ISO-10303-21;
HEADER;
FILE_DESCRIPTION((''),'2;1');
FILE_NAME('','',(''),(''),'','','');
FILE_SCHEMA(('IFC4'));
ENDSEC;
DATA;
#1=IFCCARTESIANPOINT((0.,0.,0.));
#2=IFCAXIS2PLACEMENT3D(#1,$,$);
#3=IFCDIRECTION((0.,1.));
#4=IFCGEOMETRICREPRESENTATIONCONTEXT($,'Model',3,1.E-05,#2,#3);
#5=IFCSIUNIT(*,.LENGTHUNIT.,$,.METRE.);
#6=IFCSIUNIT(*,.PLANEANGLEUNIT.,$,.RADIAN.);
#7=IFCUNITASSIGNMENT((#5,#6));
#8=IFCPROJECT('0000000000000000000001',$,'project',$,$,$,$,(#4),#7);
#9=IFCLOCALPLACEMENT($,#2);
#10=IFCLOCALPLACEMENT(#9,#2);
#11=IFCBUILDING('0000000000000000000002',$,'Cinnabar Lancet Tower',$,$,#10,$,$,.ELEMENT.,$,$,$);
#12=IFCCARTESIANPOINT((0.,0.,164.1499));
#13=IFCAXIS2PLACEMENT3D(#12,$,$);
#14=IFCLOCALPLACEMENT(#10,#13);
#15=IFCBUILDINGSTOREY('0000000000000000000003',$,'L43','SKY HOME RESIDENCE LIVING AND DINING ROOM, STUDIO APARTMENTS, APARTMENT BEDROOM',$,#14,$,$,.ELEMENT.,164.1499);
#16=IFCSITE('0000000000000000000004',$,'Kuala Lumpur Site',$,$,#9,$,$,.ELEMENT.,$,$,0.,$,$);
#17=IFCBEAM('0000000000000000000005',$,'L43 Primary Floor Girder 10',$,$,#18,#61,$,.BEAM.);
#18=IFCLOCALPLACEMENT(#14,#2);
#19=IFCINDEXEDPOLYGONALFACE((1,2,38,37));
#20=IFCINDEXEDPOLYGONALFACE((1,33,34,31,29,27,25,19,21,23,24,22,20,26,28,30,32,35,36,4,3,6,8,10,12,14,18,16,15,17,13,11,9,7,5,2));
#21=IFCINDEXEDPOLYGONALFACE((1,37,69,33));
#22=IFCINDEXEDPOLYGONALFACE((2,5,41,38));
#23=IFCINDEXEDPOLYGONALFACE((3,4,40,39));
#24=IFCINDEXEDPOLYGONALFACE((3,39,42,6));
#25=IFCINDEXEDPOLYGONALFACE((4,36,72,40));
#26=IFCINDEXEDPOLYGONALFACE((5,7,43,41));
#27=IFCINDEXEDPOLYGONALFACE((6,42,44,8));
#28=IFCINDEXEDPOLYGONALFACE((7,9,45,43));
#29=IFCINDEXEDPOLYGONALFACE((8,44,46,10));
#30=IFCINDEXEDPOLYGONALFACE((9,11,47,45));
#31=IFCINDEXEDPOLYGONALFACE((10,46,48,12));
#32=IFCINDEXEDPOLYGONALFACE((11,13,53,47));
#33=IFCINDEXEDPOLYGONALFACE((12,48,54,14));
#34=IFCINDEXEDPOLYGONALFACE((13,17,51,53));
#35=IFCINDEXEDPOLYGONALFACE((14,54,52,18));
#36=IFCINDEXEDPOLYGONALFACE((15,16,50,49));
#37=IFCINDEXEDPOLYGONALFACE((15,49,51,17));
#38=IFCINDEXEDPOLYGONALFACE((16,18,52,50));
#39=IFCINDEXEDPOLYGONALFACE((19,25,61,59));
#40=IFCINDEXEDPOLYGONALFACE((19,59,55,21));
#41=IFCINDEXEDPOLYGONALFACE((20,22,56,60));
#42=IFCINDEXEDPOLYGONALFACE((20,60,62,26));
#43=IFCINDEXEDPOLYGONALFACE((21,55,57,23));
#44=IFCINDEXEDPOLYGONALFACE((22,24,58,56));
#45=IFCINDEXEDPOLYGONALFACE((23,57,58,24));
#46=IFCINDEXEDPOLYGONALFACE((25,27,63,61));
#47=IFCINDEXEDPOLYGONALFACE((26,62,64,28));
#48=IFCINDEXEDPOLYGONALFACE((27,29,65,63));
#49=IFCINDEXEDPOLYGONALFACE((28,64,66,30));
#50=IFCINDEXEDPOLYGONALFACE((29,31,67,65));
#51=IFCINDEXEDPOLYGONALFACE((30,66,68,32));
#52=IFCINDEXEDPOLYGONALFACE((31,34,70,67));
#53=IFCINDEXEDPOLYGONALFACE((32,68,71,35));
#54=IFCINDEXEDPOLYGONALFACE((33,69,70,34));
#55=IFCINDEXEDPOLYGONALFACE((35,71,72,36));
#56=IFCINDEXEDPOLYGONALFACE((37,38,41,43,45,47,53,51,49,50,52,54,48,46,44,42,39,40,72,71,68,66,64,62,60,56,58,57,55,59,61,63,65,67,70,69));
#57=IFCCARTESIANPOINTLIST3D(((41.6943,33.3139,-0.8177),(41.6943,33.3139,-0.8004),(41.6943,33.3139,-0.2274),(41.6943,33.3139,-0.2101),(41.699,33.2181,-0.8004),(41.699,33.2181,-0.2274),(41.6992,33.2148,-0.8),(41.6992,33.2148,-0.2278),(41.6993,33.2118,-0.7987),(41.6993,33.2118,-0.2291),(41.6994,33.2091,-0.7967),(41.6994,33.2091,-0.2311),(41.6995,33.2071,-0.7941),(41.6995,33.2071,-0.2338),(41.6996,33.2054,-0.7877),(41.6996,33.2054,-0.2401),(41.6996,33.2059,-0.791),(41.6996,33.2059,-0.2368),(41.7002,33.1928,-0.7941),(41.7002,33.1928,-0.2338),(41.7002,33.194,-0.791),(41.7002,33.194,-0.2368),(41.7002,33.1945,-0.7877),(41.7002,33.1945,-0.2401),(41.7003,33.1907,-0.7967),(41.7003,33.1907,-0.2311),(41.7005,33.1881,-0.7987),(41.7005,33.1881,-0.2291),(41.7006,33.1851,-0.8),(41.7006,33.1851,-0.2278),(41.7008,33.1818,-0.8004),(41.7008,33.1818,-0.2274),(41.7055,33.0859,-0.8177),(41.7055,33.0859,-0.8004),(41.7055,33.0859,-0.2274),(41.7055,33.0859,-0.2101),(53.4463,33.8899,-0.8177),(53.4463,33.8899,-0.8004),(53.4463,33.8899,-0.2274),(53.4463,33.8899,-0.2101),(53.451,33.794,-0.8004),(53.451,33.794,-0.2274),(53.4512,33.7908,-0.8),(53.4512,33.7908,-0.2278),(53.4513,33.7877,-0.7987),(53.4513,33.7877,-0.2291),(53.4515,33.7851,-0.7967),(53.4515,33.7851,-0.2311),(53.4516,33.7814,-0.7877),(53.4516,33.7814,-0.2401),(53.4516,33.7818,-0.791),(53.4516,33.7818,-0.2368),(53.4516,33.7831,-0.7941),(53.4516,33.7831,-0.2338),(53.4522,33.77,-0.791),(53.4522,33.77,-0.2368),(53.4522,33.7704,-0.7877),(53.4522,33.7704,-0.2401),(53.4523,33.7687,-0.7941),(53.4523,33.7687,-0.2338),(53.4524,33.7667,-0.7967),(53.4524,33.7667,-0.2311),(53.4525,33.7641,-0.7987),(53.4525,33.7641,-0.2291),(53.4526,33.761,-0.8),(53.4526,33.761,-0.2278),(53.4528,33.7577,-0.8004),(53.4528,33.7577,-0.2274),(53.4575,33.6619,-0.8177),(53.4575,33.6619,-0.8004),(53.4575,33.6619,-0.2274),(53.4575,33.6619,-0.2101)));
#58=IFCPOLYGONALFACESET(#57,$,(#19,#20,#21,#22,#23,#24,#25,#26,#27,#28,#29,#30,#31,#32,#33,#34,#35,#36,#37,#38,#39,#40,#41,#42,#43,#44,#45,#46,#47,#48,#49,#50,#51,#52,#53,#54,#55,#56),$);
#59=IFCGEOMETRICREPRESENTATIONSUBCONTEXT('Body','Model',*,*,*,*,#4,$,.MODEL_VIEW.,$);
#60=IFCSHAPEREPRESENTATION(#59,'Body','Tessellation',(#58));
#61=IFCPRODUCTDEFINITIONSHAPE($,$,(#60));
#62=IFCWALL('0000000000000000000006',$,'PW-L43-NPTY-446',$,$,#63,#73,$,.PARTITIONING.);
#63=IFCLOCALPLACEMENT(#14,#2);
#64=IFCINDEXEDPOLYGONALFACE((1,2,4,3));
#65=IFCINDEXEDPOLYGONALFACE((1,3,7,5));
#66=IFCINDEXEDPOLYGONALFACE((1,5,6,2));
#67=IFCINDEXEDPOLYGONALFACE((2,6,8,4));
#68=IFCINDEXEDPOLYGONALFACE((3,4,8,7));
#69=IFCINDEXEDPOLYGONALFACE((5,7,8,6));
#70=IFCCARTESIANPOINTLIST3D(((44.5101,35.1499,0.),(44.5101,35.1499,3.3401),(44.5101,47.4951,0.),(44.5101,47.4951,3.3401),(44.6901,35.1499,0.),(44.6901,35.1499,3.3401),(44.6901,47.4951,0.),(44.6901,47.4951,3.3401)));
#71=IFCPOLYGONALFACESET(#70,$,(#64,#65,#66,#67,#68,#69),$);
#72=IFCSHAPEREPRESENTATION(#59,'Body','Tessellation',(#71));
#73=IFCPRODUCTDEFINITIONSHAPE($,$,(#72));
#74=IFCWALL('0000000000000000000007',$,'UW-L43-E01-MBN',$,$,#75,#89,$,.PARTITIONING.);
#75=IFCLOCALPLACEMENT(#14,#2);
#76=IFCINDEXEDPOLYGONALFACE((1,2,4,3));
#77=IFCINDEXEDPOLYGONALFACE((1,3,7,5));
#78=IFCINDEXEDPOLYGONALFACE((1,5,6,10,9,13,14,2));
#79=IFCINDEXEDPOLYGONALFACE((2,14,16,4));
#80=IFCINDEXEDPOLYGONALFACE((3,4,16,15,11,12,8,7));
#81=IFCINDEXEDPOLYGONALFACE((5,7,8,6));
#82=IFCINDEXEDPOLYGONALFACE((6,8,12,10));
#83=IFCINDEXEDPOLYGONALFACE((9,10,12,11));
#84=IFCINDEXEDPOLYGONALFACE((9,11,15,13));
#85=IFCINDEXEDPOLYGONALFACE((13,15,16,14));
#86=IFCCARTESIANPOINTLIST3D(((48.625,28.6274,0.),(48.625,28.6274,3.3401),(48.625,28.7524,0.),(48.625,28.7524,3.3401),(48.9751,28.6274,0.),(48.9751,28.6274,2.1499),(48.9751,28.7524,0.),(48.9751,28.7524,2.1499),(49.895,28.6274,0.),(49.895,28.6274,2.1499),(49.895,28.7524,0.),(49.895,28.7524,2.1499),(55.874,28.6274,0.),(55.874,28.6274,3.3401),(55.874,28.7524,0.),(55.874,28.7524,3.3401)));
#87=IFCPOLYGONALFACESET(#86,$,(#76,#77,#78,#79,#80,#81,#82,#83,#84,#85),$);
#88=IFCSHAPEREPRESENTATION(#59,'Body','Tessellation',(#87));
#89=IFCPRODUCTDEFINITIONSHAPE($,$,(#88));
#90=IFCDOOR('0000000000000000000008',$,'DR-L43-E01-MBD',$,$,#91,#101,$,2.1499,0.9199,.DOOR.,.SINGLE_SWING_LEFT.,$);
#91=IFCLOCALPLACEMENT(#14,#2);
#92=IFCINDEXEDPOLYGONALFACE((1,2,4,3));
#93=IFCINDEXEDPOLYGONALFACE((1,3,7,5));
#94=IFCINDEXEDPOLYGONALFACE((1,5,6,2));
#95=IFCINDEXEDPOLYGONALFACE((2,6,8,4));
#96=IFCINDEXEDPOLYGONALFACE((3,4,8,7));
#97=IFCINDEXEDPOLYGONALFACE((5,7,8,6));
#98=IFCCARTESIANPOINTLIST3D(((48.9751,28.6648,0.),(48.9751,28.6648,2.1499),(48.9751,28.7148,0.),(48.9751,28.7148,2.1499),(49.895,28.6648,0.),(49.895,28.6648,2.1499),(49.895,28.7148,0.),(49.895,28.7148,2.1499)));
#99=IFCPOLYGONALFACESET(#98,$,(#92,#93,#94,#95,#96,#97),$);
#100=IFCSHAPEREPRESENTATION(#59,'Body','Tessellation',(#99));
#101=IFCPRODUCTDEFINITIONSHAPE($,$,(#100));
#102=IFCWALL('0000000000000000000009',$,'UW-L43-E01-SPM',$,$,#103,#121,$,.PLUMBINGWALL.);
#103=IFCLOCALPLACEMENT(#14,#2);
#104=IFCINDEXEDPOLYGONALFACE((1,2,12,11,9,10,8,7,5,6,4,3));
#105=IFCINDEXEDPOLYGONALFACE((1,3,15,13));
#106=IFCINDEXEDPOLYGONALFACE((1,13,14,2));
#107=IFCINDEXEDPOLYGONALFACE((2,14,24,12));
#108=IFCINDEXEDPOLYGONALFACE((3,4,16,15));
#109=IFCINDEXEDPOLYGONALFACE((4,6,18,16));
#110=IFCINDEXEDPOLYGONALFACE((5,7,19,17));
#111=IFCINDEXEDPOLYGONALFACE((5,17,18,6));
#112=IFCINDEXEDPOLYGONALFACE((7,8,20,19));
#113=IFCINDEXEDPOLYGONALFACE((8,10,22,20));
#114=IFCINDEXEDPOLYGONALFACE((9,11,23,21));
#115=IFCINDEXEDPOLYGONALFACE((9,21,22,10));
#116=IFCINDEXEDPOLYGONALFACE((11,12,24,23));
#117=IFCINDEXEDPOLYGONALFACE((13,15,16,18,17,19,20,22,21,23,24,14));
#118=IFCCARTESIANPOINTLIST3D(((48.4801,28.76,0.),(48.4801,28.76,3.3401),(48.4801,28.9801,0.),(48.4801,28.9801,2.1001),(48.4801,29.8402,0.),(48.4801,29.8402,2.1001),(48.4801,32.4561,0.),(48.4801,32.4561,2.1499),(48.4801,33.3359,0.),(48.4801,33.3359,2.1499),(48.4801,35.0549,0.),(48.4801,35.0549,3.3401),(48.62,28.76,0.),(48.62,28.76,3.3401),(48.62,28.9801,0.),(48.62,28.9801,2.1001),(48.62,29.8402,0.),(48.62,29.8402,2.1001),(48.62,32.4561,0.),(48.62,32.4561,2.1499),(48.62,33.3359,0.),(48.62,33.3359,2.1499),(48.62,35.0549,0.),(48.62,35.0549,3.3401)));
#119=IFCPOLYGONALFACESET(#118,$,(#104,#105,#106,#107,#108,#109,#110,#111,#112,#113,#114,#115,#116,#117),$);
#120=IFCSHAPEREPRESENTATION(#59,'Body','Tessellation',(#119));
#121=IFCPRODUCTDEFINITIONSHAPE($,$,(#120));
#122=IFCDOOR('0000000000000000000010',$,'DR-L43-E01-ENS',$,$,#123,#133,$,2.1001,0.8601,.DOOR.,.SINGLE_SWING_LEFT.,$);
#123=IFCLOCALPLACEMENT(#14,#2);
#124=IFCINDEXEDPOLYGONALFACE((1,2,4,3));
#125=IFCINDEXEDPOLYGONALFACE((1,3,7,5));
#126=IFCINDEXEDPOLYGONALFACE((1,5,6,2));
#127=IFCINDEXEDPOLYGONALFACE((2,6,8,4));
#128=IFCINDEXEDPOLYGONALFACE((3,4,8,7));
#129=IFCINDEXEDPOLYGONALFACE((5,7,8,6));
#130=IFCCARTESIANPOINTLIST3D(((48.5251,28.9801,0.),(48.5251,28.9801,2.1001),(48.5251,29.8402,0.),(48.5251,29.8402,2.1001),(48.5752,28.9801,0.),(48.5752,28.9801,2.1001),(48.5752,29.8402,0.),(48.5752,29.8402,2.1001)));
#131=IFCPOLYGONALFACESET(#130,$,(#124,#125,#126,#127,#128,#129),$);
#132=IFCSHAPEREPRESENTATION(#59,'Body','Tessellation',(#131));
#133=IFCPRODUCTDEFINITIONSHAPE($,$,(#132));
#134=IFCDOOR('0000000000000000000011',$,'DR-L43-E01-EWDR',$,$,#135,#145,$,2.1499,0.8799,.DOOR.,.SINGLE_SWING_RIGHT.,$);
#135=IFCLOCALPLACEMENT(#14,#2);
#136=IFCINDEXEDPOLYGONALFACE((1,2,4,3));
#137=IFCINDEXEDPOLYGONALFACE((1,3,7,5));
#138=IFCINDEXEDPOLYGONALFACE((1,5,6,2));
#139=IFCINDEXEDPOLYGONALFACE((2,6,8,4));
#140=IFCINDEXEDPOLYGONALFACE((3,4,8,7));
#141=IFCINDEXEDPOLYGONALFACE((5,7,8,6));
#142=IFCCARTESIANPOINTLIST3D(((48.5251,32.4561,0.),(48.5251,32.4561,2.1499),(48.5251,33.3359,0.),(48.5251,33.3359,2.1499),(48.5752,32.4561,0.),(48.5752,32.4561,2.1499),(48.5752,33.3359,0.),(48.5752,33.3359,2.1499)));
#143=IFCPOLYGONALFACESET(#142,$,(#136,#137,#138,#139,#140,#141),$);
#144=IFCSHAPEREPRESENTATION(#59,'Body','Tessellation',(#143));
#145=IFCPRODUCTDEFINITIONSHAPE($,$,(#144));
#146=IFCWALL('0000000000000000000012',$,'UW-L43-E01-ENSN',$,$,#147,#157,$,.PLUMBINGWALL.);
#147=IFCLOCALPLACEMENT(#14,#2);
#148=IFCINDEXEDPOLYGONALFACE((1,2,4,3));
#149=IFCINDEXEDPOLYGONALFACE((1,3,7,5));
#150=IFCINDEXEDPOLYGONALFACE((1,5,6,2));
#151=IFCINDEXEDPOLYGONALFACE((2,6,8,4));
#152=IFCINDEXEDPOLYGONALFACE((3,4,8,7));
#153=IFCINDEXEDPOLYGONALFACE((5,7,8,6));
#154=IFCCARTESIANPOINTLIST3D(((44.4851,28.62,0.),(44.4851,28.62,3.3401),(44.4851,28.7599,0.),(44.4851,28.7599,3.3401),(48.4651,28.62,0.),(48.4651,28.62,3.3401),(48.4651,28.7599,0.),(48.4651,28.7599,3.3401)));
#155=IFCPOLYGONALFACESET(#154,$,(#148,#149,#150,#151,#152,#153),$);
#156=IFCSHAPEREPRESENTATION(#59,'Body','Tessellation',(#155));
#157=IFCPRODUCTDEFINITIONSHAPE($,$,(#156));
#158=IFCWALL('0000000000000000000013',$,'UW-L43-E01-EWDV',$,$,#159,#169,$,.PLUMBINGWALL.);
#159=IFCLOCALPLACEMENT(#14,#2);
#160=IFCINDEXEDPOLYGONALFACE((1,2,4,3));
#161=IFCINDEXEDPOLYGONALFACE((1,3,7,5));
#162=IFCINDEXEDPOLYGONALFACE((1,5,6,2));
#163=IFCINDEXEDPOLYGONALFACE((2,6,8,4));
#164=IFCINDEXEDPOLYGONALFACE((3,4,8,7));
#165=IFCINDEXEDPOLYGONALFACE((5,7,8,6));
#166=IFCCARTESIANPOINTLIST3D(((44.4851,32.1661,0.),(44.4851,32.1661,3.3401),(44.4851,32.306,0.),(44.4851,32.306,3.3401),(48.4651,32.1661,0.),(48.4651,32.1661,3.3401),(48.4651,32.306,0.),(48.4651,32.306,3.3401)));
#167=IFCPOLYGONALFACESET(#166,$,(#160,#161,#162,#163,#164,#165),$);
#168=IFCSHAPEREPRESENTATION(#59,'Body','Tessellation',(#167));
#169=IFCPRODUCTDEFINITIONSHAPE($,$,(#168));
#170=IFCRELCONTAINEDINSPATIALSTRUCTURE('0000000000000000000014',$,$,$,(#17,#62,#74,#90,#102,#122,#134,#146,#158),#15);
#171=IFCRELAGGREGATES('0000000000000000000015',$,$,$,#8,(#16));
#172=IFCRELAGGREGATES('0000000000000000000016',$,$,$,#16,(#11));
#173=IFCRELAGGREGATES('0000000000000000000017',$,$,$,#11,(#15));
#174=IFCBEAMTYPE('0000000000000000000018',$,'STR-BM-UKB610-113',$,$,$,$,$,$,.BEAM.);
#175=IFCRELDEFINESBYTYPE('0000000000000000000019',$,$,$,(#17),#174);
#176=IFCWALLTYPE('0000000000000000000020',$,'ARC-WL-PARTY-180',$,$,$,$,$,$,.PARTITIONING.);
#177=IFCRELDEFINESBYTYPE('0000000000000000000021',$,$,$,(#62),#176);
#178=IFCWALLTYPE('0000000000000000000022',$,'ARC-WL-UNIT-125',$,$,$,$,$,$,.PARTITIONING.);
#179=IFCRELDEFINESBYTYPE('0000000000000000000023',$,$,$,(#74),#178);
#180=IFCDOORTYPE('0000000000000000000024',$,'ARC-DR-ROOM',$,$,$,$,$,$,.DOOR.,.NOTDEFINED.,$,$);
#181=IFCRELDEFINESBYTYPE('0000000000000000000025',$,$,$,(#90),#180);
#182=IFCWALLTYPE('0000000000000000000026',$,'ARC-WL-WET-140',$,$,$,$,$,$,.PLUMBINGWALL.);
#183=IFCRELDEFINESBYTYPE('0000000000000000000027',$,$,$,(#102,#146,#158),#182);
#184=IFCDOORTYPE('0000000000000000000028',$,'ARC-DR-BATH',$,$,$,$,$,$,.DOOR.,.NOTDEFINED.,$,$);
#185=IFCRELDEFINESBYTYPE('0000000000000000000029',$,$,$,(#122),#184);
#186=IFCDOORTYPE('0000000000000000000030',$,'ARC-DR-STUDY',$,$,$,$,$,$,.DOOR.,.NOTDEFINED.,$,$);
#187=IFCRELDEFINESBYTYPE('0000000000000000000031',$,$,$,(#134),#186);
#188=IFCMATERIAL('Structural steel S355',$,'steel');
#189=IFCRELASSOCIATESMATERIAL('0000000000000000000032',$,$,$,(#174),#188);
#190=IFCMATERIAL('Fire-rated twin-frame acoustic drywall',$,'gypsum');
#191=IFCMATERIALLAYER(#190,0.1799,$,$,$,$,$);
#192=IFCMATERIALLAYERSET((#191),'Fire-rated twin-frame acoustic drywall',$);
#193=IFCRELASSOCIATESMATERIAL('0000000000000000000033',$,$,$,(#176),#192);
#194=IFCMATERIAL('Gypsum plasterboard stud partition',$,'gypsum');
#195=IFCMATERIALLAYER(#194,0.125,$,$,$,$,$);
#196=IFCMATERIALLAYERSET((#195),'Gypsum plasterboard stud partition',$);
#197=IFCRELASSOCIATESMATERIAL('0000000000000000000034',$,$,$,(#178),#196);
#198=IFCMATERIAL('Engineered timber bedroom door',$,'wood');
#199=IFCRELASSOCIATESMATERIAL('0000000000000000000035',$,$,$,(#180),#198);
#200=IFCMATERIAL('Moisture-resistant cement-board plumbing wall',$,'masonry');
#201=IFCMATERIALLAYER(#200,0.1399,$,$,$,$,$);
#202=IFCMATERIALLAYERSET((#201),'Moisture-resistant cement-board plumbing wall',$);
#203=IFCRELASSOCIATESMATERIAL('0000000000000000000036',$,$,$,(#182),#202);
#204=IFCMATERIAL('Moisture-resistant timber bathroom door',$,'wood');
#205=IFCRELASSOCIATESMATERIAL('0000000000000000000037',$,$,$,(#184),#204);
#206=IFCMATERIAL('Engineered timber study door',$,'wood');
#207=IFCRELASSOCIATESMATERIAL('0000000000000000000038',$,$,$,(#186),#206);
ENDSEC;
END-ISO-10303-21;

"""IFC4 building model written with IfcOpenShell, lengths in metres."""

from ifc_helpers import new_model, si_unit, direction, frame, frame_2d, origin, origin_2d, place, context, subcontext, project, spatial, rectangle, i_section, extrude, material, layer, layer_set, material_profile, profile_set, type_object, element, fill, save


model = new_model("IFC4")

# Units and contexts
model_context = context("Model", 3, precision=1e-05, world=origin(), true_north=direction((0.0, 1.0)))
body_context = subcontext(model_context, "Body", "Model", "MODEL_VIEW")
ifc_project = project(units=[si_unit("LENGTHUNIT", "METRE"), si_unit("PLANEANGLEUNIT", "RADIAN")], contexts=[model_context])

# Site, building, storey
site_placement = place(None, origin())
site = spatial("IfcSite", under=ifc_project, at=site_placement, Name="Kuala Lumpur Site", CompositionType="ELEMENT", RefElevation=0.0)
building_placement = place(site_placement, origin())
building = spatial("IfcBuilding", under=site, at=building_placement, Name="Cinnabar Lancet Tower", CompositionType="ELEMENT")
storey_placement = place(building_placement, frame((0.0, 0.0, 164.1499)))
storey = spatial("IfcBuildingStorey", under=building, at=storey_placement, Name="L43", Description="SKY HOME RESIDENCE LIVING AND DINING ROOM, STUDIO APARTMENTS, APARTMENT BEDROOM", CompositionType="ELEMENT", Elevation=164.1499)

# Beam
ifc_material_1 = material(Name="Structural steel S355", Category="steel")
ifc_material_profile_1 = material_profile(ifc_material_1, i_section(OverallWidth=0.2283, OverallDepth=0.6077, WebThickness=0.011, FlangeThickness=0.0173, FilletRadius=0.0127, at=origin_2d()), Name="UKB 610x229x113")
ifc_profile_set_1 = profile_set([ifc_material_profile_1], Name="Structural steel S355")
beam_type_1 = type_object("IfcBeamType", Name="STR-BM-UKB610-113", PredefinedType="BEAM", material=ifc_profile_set_1)
beam_1_placement = place(storey_placement, frame((53.4519, 33.7759, -0.5139), z_axis=(-0.998801, -0.048948, 0.0), x_axis=(0.048948, -0.998801, 0.0)))
element("IfcBeam", 1, at=beam_1_placement, inside=storey, type_object=beam_type_1, Name="L43 Primary Floor Girder 10", PredefinedType="BEAM", context=body_context, shape_type="SweptSolid", body=[
    extrude(i_section(OverallWidth=0.2283, OverallDepth=0.6077, WebThickness=0.011, FlangeThickness=0.0173, FilletRadius=0.0127, at=origin_2d()), origin(), (0.0, 0.0, 1.0), 11.7661),
])

# Wall
ifc_material_2 = material(Name="Fire-rated twin-frame acoustic drywall", Category="gypsum")
ifc_layer_1 = layer(ifc_material_2, 0.1799)
ifc_layer_set_1 = layer_set([ifc_layer_1], Name="Fire-rated twin-frame acoustic drywall")
wall_type_1 = type_object("IfcWallType", Name="ARC-WL-PARTY-180", PredefinedType="PARTITIONING", material=ifc_layer_set_1)
wall_1_placement = place(storey_placement, frame((44.6001, 35.1499, 0.0), z_axis=(0.0, 0.0, 1.0), x_axis=(0.0, 1.0, 0.0)))
element("IfcWall", 2, at=wall_1_placement, inside=storey, type_object=wall_type_1, Name="PW-L43-NPTY-446", PredefinedType="PARTITIONING", context=body_context, shape_type="SweptSolid", body=[
    extrude(rectangle(XDim=12.3452, YDim=0.1799, at=frame_2d((6.1726, 0.0))), origin(), (0.0, 0.0, 1.0), 3.3401),
])

# Wall, opening, door
ifc_material_3 = material(Name="Gypsum plasterboard stud partition", Category="gypsum")
ifc_layer_2 = layer(ifc_material_3, 0.125)
ifc_layer_set_2 = layer_set([ifc_layer_2], Name="Gypsum plasterboard stud partition")
wall_type_2 = type_object("IfcWallType", Name="ARC-WL-UNIT-125", PredefinedType="PARTITIONING", material=ifc_layer_set_2)
wall_2_placement = place(storey_placement, frame((48.625, 28.6899, 0.0), z_axis=(0.0, 0.0, 1.0), x_axis=(1.0, 0.0, 0.0)))
wall_2 = element("IfcWall", 3, at=wall_2_placement, inside=storey, type_object=wall_type_2, Name="UW-L43-E01-MBN", PredefinedType="PARTITIONING", context=body_context, shape_type="SweptSolid", body=[
    extrude(rectangle(XDim=7.249, YDim=0.125, at=frame_2d((3.6245, 0.0))), origin(), (0.0, 0.0, 1.0), 3.3401),
])
opening_1_placement = place(wall_2_placement, frame((0.3501, 0.0, 0.0)))
opening_1 = element("IfcOpeningElement", 4, at=opening_1_placement, cuts=wall_2, PredefinedType="OPENING", context=body_context, shape_type="SweptSolid", body=[
    extrude(rectangle(XDim=0.9199, YDim=2.1499, at=frame_2d((0.46, 1.075))), frame((0.0, 0.0725, 0.0), z_axis=(0.0, -1.0, 0.0), x_axis=(1.0, 0.0, 0.0)), (0.0, 0.0, 1.0), 0.145),
])
ifc_material_4 = material(Name="Engineered timber bedroom door", Category="wood")
door_type_1 = type_object("IfcDoorType", Name="ARC-DR-ROOM", OperationType="NOTDEFINED", PredefinedType="DOOR", material=ifc_material_4)
door_1_placement = place(opening_1_placement, origin())
door_1 = element("IfcDoor", 5, at=door_1_placement, inside=storey, type_object=door_type_1, Name="DR-L43-E01-MBD", OperationType="SINGLE_SWING_LEFT", OverallHeight=2.1499, OverallWidth=0.9199, PredefinedType="DOOR", context=body_context, shape_type="SweptSolid", body=[
    extrude(rectangle(XDim=0.9199, YDim=2.1499, at=frame_2d((0.46, 1.075))), frame((0.0, 0.0249, 0.0), z_axis=(0.0, -1.0, 0.0), x_axis=(1.0, 0.0, 0.0)), (0.0, 0.0, 1.0), 0.05),
])
fill(opening_1, door_1)

# Wall, openings, doors
ifc_material_5 = material(Name="Moisture-resistant cement-board plumbing wall", Category="masonry")
ifc_layer_3 = layer(ifc_material_5, 0.1399)
ifc_layer_set_3 = layer_set([ifc_layer_3], Name="Moisture-resistant cement-board plumbing wall")
wall_type_3 = type_object("IfcWallType", Name="ARC-WL-WET-140", PredefinedType="PLUMBINGWALL", material=ifc_layer_set_3)
wall_3_placement = place(storey_placement, frame((48.55, 28.76, 0.0), z_axis=(0.0, 0.0, 1.0), x_axis=(0.0, 1.0, 0.0)))
wall_3 = element("IfcWall", 6, at=wall_3_placement, inside=storey, type_object=wall_type_3, Name="UW-L43-E01-SPM", PredefinedType="PLUMBINGWALL", context=body_context, shape_type="SweptSolid", body=[
    extrude(rectangle(XDim=6.2949, YDim=0.1399, at=frame_2d((3.1475, 0.0))), origin(), (0.0, 0.0, 1.0), 3.3401),
])
opening_2_placement = place(wall_3_placement, frame((0.22, 0.0, 0.0)))
opening_2 = element("IfcOpeningElement", 7, at=opening_2_placement, cuts=wall_3, PredefinedType="OPENING", context=body_context, shape_type="SweptSolid", body=[
    extrude(rectangle(XDim=0.8601, YDim=2.1001, at=frame_2d((0.4302, 1.05))), frame((0.0, 0.0798, 0.0), z_axis=(0.0, -1.0, 0.0), x_axis=(1.0, 0.0, 0.0)), (0.0, 0.0, 1.0), 0.1599),
])
opening_3_placement = place(wall_3_placement, frame((3.696, 0.0, 0.0)))
opening_3 = element("IfcOpeningElement", 8, at=opening_3_placement, cuts=wall_3, PredefinedType="OPENING", context=body_context, shape_type="SweptSolid", body=[
    extrude(rectangle(XDim=0.8799, YDim=2.1499, at=frame_2d((0.4399, 1.075))), frame((0.0, 0.0798, 0.0), z_axis=(0.0, -1.0, 0.0), x_axis=(1.0, 0.0, 0.0)), (0.0, 0.0, 1.0), 0.1599),
])
ifc_material_6 = material(Name="Moisture-resistant timber bathroom door", Category="wood")
door_type_2 = type_object("IfcDoorType", Name="ARC-DR-BATH", OperationType="NOTDEFINED", PredefinedType="DOOR", material=ifc_material_6)
door_2_placement = place(opening_2_placement, origin())
door_2 = element("IfcDoor", 9, at=door_2_placement, inside=storey, type_object=door_type_2, Name="DR-L43-E01-ENS", OperationType="SINGLE_SWING_LEFT", OverallHeight=2.1001, OverallWidth=0.8601, PredefinedType="DOOR", context=body_context, shape_type="SweptSolid", body=[
    extrude(rectangle(XDim=0.8601, YDim=2.1001, at=frame_2d((0.4302, 1.05))), frame((0.0, 0.0249, 0.0), z_axis=(0.0, -1.0, 0.0), x_axis=(1.0, 0.0, 0.0)), (0.0, 0.0, 1.0), 0.05),
])
fill(opening_2, door_2)
ifc_material_7 = material(Name="Engineered timber study door", Category="wood")
door_type_3 = type_object("IfcDoorType", Name="ARC-DR-STUDY", OperationType="NOTDEFINED", PredefinedType="DOOR", material=ifc_material_7)
door_3_placement = place(opening_3_placement, origin())
door_3 = element("IfcDoor", 10, at=door_3_placement, inside=storey, type_object=door_type_3, Name="DR-L43-E01-EWDR", OperationType="SINGLE_SWING_RIGHT", OverallHeight=2.1499, OverallWidth=0.8799, PredefinedType="DOOR", context=body_context, shape_type="SweptSolid", body=[
    extrude(rectangle(XDim=0.8799, YDim=2.1499, at=frame_2d((0.4399, 1.075))), frame((0.0, 0.0249, 0.0), z_axis=(0.0, -1.0, 0.0), x_axis=(1.0, 0.0, 0.0)), (0.0, 0.0, 1.0), 0.05),
])
fill(opening_3, door_3)

# Walls
for number, where, z_axis, x_axis, name in (
    (11, (44.4851, 28.6899, 0.0), (0.0, 0.0, 1.0), (1.0, 0.0, 0.0), "UW-L43-E01-ENSN"),
    (12, (44.4851, 32.2361, 0.0), (0.0, 0.0, 1.0), (1.0, 0.0, 0.0), "UW-L43-E01-EWDV"),
):
    element("IfcWall", number, at=place(storey_placement, frame(where, z_axis=z_axis, x_axis=x_axis)), inside=storey, type_object=wall_type_3, Name=name, PredefinedType="PLUMBINGWALL", context=body_context, shape_type="SweptSolid", body=[
        extrude(rectangle(XDim=3.98, YDim=0.1399, at=frame_2d((1.99, 0.0))), origin(), (0.0, 0.0, 1.0), 3.3401),
    ])

save(model, "model.ifc")
